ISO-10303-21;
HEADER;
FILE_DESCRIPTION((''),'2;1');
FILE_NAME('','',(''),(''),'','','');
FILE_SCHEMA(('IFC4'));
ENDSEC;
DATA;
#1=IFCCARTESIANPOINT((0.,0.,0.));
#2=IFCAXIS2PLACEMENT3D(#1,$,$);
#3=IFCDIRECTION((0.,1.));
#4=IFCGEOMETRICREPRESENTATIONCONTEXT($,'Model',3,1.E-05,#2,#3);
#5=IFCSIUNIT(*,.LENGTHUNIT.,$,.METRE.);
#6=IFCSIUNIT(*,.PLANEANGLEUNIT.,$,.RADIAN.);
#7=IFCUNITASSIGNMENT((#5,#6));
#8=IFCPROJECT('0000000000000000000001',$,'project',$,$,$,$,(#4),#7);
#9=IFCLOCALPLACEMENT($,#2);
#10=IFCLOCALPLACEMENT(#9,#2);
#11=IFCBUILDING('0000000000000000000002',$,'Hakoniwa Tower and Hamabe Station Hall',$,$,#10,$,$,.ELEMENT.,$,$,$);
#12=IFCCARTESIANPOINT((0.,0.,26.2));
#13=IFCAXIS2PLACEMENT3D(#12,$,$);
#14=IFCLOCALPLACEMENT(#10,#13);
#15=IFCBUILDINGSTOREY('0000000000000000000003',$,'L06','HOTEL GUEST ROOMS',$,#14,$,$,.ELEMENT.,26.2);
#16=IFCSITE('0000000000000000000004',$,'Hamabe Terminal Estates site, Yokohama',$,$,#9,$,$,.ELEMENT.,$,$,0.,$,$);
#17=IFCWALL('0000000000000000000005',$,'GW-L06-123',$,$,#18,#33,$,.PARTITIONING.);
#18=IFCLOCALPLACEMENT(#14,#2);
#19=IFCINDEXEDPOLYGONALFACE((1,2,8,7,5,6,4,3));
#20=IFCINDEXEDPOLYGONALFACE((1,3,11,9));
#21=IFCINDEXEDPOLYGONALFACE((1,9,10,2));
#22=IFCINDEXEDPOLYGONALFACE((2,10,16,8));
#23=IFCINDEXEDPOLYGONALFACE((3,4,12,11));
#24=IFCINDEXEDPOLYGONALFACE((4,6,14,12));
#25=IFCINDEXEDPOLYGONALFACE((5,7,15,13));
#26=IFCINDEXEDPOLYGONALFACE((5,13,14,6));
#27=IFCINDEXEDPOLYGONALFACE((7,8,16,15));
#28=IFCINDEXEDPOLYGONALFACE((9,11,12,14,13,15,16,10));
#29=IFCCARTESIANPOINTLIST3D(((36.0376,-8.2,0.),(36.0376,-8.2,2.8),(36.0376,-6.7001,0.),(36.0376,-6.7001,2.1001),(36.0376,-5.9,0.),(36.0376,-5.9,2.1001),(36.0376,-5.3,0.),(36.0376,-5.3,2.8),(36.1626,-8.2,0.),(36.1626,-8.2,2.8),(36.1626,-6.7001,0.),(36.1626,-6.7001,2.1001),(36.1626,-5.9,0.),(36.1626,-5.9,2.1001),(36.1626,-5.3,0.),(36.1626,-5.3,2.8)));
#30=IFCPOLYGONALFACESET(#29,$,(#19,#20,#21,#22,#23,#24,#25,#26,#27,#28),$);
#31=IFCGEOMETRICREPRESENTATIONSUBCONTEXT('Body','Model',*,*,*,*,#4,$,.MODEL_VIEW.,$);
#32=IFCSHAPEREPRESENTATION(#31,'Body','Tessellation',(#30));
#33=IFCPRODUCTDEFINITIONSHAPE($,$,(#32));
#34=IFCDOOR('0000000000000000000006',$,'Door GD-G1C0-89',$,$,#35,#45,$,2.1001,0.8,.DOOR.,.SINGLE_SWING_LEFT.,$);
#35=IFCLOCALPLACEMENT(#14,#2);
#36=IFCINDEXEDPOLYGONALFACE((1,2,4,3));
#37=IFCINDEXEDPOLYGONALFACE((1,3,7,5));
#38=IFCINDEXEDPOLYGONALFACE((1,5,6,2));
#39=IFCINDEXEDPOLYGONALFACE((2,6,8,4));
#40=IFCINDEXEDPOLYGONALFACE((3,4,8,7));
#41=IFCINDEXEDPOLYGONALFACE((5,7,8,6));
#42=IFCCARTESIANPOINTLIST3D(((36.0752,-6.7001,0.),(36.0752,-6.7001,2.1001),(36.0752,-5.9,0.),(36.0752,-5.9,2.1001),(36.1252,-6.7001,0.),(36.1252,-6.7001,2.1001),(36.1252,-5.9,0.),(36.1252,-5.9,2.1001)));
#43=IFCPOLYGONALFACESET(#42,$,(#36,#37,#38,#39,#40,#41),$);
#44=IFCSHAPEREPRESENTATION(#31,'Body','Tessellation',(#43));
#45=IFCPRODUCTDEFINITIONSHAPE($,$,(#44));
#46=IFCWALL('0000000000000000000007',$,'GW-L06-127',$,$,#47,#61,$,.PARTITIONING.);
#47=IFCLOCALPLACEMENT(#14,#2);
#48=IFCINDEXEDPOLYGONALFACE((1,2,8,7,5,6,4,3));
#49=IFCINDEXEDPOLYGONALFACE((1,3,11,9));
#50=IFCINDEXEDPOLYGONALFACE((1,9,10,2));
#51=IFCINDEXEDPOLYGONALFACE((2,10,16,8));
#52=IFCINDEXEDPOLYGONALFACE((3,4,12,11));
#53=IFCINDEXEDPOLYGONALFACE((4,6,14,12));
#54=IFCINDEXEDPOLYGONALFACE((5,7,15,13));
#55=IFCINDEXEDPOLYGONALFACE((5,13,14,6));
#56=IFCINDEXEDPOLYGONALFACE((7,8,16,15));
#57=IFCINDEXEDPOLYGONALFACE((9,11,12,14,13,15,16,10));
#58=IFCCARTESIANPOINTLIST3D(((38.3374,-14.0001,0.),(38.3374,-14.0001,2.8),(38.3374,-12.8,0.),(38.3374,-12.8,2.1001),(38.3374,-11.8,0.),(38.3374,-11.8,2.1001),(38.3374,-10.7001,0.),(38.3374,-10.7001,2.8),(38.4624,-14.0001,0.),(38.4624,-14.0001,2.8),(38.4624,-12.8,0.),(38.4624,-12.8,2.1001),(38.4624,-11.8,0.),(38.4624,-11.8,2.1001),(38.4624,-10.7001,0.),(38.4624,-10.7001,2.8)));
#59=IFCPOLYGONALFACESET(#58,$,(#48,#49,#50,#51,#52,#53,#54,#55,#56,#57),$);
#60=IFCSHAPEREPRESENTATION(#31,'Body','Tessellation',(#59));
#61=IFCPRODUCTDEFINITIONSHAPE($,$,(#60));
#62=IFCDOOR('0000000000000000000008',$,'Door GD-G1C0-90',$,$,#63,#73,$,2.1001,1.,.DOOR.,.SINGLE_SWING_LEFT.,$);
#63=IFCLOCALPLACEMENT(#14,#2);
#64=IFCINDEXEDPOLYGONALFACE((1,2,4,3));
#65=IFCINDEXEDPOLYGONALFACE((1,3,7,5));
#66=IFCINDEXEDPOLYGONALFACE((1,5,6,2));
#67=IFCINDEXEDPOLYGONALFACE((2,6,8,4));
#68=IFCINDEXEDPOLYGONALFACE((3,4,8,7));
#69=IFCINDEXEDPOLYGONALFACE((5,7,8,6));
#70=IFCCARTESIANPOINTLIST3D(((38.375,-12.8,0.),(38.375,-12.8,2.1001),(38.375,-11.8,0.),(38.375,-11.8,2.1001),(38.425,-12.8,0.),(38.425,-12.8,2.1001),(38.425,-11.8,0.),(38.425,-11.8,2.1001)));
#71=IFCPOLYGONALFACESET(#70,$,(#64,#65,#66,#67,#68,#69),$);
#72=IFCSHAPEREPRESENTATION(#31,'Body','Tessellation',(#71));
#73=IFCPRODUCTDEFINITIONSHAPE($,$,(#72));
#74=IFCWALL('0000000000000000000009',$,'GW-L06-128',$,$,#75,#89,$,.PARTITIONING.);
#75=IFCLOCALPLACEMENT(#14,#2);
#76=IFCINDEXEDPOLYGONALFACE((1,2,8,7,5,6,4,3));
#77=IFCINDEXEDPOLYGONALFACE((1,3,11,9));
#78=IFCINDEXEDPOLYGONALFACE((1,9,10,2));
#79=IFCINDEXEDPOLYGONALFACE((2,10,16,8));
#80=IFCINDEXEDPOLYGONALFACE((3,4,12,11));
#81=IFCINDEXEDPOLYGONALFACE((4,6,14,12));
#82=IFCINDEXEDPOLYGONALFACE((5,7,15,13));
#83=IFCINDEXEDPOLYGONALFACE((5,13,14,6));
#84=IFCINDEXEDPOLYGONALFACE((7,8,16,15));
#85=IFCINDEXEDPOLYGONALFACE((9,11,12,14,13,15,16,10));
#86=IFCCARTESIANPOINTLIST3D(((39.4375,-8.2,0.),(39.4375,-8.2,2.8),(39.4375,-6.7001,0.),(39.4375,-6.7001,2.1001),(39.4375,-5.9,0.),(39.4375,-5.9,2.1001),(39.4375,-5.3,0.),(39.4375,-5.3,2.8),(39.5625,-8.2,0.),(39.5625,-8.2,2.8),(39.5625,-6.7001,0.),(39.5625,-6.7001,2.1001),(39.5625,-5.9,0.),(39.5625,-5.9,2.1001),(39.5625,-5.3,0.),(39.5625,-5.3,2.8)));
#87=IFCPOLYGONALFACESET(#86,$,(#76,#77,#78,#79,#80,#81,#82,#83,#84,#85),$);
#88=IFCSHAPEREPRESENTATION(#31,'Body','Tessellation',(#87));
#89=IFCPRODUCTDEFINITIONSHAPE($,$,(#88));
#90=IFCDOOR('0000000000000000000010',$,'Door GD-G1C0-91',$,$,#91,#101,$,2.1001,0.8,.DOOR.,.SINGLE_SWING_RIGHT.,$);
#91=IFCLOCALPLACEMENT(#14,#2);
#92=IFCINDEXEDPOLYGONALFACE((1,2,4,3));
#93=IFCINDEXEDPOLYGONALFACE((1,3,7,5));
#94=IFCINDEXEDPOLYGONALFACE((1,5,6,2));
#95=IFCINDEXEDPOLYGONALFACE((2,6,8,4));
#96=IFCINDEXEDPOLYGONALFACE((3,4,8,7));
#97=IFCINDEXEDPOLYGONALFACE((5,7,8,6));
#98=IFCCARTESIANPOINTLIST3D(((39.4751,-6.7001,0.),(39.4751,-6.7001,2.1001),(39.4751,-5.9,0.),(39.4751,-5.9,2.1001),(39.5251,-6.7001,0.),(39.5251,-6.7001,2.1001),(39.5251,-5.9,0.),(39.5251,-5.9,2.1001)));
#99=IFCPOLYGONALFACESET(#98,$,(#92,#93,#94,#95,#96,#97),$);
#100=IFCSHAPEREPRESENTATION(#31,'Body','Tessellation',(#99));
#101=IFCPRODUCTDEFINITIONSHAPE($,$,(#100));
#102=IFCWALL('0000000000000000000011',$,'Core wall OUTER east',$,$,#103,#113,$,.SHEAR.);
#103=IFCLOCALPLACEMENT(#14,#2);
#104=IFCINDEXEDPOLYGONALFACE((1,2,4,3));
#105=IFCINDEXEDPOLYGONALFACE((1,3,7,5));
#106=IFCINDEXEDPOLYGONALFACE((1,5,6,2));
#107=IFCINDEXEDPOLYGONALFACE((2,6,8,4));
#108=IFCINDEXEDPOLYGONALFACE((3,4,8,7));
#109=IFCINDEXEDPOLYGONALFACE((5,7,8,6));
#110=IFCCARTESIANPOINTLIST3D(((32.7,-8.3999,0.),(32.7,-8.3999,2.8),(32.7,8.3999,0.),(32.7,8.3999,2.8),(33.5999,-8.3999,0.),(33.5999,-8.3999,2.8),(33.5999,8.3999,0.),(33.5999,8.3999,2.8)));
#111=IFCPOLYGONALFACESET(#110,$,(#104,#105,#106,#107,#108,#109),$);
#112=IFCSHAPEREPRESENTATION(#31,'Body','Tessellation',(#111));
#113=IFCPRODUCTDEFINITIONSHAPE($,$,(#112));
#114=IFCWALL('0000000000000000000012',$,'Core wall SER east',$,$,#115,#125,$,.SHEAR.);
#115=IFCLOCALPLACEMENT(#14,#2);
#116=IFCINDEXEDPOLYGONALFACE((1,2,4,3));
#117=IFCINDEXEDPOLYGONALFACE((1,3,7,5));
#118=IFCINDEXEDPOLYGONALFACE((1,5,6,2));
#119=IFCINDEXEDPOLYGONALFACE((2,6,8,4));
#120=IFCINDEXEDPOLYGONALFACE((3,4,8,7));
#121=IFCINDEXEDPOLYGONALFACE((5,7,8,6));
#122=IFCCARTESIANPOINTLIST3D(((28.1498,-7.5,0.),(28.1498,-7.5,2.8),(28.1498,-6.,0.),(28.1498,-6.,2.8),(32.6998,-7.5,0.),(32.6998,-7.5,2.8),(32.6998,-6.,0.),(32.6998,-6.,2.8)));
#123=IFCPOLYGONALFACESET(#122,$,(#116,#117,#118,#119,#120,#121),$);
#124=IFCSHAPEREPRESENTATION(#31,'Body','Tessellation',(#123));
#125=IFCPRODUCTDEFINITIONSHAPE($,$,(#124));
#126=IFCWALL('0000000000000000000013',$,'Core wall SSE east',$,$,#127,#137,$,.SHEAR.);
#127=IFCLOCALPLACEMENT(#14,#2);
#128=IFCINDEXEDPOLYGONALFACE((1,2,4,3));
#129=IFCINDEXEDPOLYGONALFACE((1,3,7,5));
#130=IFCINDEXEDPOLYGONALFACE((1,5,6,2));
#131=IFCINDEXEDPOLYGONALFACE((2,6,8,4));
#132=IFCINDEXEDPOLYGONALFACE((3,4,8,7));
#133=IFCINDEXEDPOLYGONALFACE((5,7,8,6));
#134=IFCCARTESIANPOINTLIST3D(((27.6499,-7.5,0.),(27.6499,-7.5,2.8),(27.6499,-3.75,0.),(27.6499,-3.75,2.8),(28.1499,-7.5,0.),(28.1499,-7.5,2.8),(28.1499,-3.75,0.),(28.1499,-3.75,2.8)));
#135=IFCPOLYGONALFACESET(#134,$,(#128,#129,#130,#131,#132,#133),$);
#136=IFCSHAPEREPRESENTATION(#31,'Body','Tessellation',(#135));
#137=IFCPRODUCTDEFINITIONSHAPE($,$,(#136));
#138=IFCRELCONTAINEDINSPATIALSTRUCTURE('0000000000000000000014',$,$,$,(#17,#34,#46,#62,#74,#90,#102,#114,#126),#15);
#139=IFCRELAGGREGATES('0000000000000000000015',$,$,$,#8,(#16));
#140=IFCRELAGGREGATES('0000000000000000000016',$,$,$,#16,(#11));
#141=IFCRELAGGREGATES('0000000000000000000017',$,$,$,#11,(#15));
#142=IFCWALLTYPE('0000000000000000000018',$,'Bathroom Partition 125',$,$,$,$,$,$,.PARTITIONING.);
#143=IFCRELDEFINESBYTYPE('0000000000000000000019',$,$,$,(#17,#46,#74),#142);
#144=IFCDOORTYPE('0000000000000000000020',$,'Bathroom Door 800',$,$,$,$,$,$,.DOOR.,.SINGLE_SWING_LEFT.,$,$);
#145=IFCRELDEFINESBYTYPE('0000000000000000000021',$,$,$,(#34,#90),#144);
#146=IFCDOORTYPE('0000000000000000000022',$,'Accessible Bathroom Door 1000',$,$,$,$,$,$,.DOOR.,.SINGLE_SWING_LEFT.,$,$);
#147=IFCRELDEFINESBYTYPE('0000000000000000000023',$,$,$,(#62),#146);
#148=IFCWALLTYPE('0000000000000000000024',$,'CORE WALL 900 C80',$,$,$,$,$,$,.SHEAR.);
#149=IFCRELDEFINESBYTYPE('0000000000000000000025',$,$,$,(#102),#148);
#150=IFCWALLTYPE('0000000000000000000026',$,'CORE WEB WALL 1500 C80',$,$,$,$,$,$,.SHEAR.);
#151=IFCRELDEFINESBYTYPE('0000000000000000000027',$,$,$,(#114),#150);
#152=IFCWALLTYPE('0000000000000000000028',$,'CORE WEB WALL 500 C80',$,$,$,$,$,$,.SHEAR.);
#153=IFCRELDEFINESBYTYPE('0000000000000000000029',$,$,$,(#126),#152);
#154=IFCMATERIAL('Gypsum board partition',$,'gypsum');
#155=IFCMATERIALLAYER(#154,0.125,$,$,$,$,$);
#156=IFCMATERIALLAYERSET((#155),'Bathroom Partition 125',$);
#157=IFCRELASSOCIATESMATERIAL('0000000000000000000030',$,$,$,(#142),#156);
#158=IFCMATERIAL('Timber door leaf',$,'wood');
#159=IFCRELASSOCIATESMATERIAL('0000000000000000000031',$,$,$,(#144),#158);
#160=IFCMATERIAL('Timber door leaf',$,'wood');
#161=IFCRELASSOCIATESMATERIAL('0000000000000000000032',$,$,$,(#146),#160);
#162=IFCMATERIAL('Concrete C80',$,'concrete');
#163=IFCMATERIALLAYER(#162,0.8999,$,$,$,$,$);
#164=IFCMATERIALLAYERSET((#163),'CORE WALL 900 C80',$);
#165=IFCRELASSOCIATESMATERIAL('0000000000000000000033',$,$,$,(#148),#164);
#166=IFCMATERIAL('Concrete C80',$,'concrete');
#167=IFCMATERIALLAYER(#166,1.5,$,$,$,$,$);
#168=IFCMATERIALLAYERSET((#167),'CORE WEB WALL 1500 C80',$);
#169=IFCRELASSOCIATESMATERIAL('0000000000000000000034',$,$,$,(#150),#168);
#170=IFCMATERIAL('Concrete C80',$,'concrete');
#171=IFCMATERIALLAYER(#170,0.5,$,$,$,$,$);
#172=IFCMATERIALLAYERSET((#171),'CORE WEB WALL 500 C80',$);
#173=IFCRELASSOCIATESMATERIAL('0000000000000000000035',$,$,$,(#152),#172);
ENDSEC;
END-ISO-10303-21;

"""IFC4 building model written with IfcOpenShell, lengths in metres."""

from ifc_helpers import new_model, si_unit, direction, frame, frame_2d, origin, place, context, subcontext, project, spatial, rectangle, extrude, material, layer, layer_set, type_object, element, fill, save


model = new_model("IFC4")

# Units and contexts
model_context = context("Model", 3, precision=1e-05, world=origin(), true_north=direction((0.0, 1.0)))
body_context = subcontext(model_context, "Body", "Model", "MODEL_VIEW")
ifc_project = project(units=[si_unit("LENGTHUNIT", "METRE"), si_unit("PLANEANGLEUNIT", "RADIAN")], contexts=[model_context])

# Site, building, storey
site_placement = place(None, origin())
site = spatial("IfcSite", under=ifc_project, at=site_placement, Name="Hamabe Terminal Estates site, Yokohama", CompositionType="ELEMENT", RefElevation=0.0)
building_placement = place(site_placement, origin())
building = spatial("IfcBuilding", under=site, at=building_placement, Name="Hakoniwa Tower and Hamabe Station Hall", CompositionType="ELEMENT")
storey_placement = place(building_placement, frame((0.0, 0.0, 26.2)))
storey = spatial("IfcBuildingStorey", under=building, at=storey_placement, Name="L06", Description="HOTEL GUEST ROOMS", CompositionType="ELEMENT", Elevation=26.2)

# Shared definitions
ifc_material_1 = material(Name="Gypsum board partition", Category="gypsum")
ifc_layer_1 = layer(ifc_material_1, 0.125)
ifc_layer_set_1 = layer_set([ifc_layer_1], Name="Bathroom Partition 125")
wall_type_1 = type_object("IfcWallType", Name="Bathroom Partition 125", PredefinedType="PARTITIONING", material=ifc_layer_set_1)

# Walls, openings, doors
ifc_material_2 = material(Name="Timber door leaf", Category="wood")
door_type_1 = type_object("IfcDoorType", Name="Bathroom Door 800", OperationType="SINGLE_SWING_LEFT", PredefinedType="DOOR", material=ifc_material_2)
wall_1_placement = place(storey_placement, frame((36.1001, -8.2, 0.0), z_axis=(0.0, 0.0, 1.0), x_axis=(0.0, 1.0, 0.0)))
wall_1 = element("IfcWall", 1, at=wall_1_placement, inside=storey, type_object=wall_type_1, Name="GW-L06-123", PredefinedType="PARTITIONING", context=body_context, shape_type="SweptSolid", body=[
    extrude(rectangle(XDim=2.8999, YDim=0.125, at=frame_2d((1.45, 0.0))), origin(), (0.0, 0.0, 1.0), 2.8),
])
opening_1_placement = place(wall_1_placement, frame((1.5, 0.0, 0.0)))
opening_1 = element("IfcOpeningElement", 2, at=opening_1_placement, cuts=wall_1, PredefinedType="OPENING", context=body_context, shape_type="SweptSolid", body=[
    extrude(rectangle(XDim=0.8, YDim=2.1001, at=frame_2d((0.3999, 1.05))), frame((0.0, 0.0725, 0.0), z_axis=(0.0, -1.0, 0.0), x_axis=(1.0, 0.0, 0.0)), (0.0, 0.0, 1.0), 0.145),
])
door_1_placement = place(opening_1_placement, origin())
door_1 = element("IfcDoor", 3, at=door_1_placement, inside=storey, type_object=door_type_1, Name="Door GD-G1C0-89", OperationType="SINGLE_SWING_LEFT", OverallHeight=2.1001, OverallWidth=0.8, PredefinedType="DOOR", context=body_context, shape_type="SweptSolid", body=[
    extrude(rectangle(XDim=0.8, YDim=2.1001, at=frame_2d((0.3999, 1.05))), frame((0.0, 0.0249, 0.0), z_axis=(0.0, -1.0, 0.0), x_axis=(1.0, 0.0, 0.0)), (0.0, 0.0, 1.0), 0.05),
])
fill(opening_1, door_1)
wall_2_placement = place(storey_placement, frame((38.3999, -14.0, 0.0), z_axis=(0.0, 0.0, 1.0), x_axis=(0.0, 1.0, 0.0)))
wall_2 = element("IfcWall", 4, at=wall_2_placement, inside=storey, type_object=wall_type_1, Name="GW-L06-127", PredefinedType="PARTITIONING", context=body_context, shape_type="SweptSolid", body=[
    extrude(rectangle(XDim=3.3, YDim=0.125, at=frame_2d((1.6499, 0.0))), origin(), (0.0, 0.0, 1.0), 2.8),
])
opening_2_placement = place(wall_2_placement, frame((1.2, 0.0, 0.0)))
opening_2 = element("IfcOpeningElement", 5, at=opening_2_placement, cuts=wall_2, PredefinedType="OPENING", context=body_context, shape_type="SweptSolid", body=[
    extrude(rectangle(XDim=1.0, YDim=2.1001, at=frame_2d((0.5, 1.05))), frame((0.0, 0.0725, 0.0), z_axis=(0.0, -1.0, 0.0), x_axis=(1.0, 0.0, 0.0)), (0.0, 0.0, 1.0), 0.145),
])
ifc_material_3 = material(Name="Timber door leaf", Category="wood")
door_type_2 = type_object("IfcDoorType", Name="Accessible Bathroom Door 1000", OperationType="SINGLE_SWING_LEFT", PredefinedType="DOOR", material=ifc_material_3)
door_2_placement = place(opening_2_placement, origin())
door_2 = element("IfcDoor", 6, at=door_2_placement, inside=storey, type_object=door_type_2, Name="Door GD-G1C0-90", OperationType="SINGLE_SWING_LEFT", OverallHeight=2.1001, OverallWidth=1.0, PredefinedType="DOOR", context=body_context, shape_type="SweptSolid", body=[
    extrude(rectangle(XDim=1.0, YDim=2.1001, at=frame_2d((0.5, 1.05))), frame((0.0, 0.0249, 0.0), z_axis=(0.0, -1.0, 0.0), x_axis=(1.0, 0.0, 0.0)), (0.0, 0.0, 1.0), 0.05),
])
fill(opening_2, door_2)
wall_3_placement = place(storey_placement, frame((39.5, -8.2, 0.0), z_axis=(0.0, 0.0, 1.0), x_axis=(0.0, 1.0, 0.0)))
wall_3 = element("IfcWall", 7, at=wall_3_placement, inside=storey, type_object=wall_type_1, Name="GW-L06-128", PredefinedType="PARTITIONING", context=body_context, shape_type="SweptSolid", body=[
    extrude(rectangle(XDim=2.8999, YDim=0.125, at=frame_2d((1.45, 0.0))), origin(), (0.0, 0.0, 1.0), 2.8),
])
opening_3_placement = place(wall_3_placement, frame((1.5, 0.0, 0.0)))
opening_3 = element("IfcOpeningElement", 8, at=opening_3_placement, cuts=wall_3, PredefinedType="OPENING", context=body_context, shape_type="SweptSolid", body=[
    extrude(rectangle(XDim=0.8, YDim=2.1001, at=frame_2d((0.3999, 1.05))), frame((0.0, 0.0725, 0.0), z_axis=(0.0, -1.0, 0.0), x_axis=(1.0, 0.0, 0.0)), (0.0, 0.0, 1.0), 0.145),
])
door_3_placement = place(opening_3_placement, origin())
door_3 = element("IfcDoor", 9, at=door_3_placement, inside=storey, type_object=door_type_1, Name="Door GD-G1C0-91", OperationType="SINGLE_SWING_RIGHT", OverallHeight=2.1001, OverallWidth=0.8, PredefinedType="DOOR", context=body_context, shape_type="SweptSolid", body=[
    extrude(rectangle(XDim=0.8, YDim=2.1001, at=frame_2d((0.3999, 1.05))), frame((0.0, 0.0249, 0.0), z_axis=(0.0, -1.0, 0.0), x_axis=(1.0, 0.0, 0.0)), (0.0, 0.0, 1.0), 0.05),
])
fill(opening_3, door_3)

# Walls
ifc_material_4 = material(Name="Concrete C80", Category="concrete")
ifc_layer_2 = layer(ifc_material_4, 0.8999)
ifc_layer_set_2 = layer_set([ifc_layer_2], Name="CORE WALL 900 C80")
wall_type_2 = type_object("IfcWallType", Name="CORE WALL 900 C80", PredefinedType="SHEAR", material=ifc_layer_set_2)
wall_4_placement = place(storey_placement, frame((33.1499, -8.3999, 0.0), z_axis=(0.0, 0.0, 1.0), x_axis=(0.0, 1.0, 0.0)))
element("IfcWall", 10, at=wall_4_placement, inside=storey, type_object=wall_type_2, Name="Core wall OUTER east", PredefinedType="SHEAR", context=body_context, shape_type="SweptSolid", body=[
    extrude(rectangle(XDim=16.7998, YDim=0.8999, at=frame_2d((8.3999, 0.0))), origin(), (0.0, 0.0, 1.0), 2.8),
])
ifc_material_5 = material(Name="Concrete C80", Category="concrete")
ifc_layer_3 = layer(ifc_material_5, 1.5)
ifc_layer_set_3 = layer_set([ifc_layer_3], Name="CORE WEB WALL 1500 C80")
wall_type_3 = type_object("IfcWallType", Name="CORE WEB WALL 1500 C80", PredefinedType="SHEAR", material=ifc_layer_set_3)
wall_5_placement = place(storey_placement, frame((28.1499, -6.75, 0.0), z_axis=(0.0, 0.0, 1.0), x_axis=(1.0, 0.0, 0.0)))
element("IfcWall", 11, at=wall_5_placement, inside=storey, type_object=wall_type_3, Name="Core wall SER east", PredefinedType="SHEAR", context=body_context, shape_type="SweptSolid", body=[
    extrude(rectangle(XDim=4.55, YDim=1.5, at=frame_2d((2.2749, 0.0))), origin(), (0.0, 0.0, 1.0), 2.8),
])
ifc_material_6 = material(Name="Concrete C80", Category="concrete")
ifc_layer_4 = layer(ifc_material_6, 0.5)
ifc_layer_set_4 = layer_set([ifc_layer_4], Name="CORE WEB WALL 500 C80")
wall_type_4 = type_object("IfcWallType", Name="CORE WEB WALL 500 C80", PredefinedType="SHEAR", material=ifc_layer_set_4)
wall_6_placement = place(storey_placement, frame((27.8999, -7.5, 0.0), z_axis=(0.0, 0.0, 1.0), x_axis=(0.0, 1.0, 0.0)))
element("IfcWall", 12, at=wall_6_placement, inside=storey, type_object=wall_type_4, Name="Core wall SSE east", PredefinedType="SHEAR", context=body_context, shape_type="SweptSolid", body=[
    extrude(rectangle(XDim=3.75, YDim=0.5, at=frame_2d((1.875, 0.0))), origin(), (0.0, 0.0, 1.0), 2.8),
])

save(model, "model.ifc")
